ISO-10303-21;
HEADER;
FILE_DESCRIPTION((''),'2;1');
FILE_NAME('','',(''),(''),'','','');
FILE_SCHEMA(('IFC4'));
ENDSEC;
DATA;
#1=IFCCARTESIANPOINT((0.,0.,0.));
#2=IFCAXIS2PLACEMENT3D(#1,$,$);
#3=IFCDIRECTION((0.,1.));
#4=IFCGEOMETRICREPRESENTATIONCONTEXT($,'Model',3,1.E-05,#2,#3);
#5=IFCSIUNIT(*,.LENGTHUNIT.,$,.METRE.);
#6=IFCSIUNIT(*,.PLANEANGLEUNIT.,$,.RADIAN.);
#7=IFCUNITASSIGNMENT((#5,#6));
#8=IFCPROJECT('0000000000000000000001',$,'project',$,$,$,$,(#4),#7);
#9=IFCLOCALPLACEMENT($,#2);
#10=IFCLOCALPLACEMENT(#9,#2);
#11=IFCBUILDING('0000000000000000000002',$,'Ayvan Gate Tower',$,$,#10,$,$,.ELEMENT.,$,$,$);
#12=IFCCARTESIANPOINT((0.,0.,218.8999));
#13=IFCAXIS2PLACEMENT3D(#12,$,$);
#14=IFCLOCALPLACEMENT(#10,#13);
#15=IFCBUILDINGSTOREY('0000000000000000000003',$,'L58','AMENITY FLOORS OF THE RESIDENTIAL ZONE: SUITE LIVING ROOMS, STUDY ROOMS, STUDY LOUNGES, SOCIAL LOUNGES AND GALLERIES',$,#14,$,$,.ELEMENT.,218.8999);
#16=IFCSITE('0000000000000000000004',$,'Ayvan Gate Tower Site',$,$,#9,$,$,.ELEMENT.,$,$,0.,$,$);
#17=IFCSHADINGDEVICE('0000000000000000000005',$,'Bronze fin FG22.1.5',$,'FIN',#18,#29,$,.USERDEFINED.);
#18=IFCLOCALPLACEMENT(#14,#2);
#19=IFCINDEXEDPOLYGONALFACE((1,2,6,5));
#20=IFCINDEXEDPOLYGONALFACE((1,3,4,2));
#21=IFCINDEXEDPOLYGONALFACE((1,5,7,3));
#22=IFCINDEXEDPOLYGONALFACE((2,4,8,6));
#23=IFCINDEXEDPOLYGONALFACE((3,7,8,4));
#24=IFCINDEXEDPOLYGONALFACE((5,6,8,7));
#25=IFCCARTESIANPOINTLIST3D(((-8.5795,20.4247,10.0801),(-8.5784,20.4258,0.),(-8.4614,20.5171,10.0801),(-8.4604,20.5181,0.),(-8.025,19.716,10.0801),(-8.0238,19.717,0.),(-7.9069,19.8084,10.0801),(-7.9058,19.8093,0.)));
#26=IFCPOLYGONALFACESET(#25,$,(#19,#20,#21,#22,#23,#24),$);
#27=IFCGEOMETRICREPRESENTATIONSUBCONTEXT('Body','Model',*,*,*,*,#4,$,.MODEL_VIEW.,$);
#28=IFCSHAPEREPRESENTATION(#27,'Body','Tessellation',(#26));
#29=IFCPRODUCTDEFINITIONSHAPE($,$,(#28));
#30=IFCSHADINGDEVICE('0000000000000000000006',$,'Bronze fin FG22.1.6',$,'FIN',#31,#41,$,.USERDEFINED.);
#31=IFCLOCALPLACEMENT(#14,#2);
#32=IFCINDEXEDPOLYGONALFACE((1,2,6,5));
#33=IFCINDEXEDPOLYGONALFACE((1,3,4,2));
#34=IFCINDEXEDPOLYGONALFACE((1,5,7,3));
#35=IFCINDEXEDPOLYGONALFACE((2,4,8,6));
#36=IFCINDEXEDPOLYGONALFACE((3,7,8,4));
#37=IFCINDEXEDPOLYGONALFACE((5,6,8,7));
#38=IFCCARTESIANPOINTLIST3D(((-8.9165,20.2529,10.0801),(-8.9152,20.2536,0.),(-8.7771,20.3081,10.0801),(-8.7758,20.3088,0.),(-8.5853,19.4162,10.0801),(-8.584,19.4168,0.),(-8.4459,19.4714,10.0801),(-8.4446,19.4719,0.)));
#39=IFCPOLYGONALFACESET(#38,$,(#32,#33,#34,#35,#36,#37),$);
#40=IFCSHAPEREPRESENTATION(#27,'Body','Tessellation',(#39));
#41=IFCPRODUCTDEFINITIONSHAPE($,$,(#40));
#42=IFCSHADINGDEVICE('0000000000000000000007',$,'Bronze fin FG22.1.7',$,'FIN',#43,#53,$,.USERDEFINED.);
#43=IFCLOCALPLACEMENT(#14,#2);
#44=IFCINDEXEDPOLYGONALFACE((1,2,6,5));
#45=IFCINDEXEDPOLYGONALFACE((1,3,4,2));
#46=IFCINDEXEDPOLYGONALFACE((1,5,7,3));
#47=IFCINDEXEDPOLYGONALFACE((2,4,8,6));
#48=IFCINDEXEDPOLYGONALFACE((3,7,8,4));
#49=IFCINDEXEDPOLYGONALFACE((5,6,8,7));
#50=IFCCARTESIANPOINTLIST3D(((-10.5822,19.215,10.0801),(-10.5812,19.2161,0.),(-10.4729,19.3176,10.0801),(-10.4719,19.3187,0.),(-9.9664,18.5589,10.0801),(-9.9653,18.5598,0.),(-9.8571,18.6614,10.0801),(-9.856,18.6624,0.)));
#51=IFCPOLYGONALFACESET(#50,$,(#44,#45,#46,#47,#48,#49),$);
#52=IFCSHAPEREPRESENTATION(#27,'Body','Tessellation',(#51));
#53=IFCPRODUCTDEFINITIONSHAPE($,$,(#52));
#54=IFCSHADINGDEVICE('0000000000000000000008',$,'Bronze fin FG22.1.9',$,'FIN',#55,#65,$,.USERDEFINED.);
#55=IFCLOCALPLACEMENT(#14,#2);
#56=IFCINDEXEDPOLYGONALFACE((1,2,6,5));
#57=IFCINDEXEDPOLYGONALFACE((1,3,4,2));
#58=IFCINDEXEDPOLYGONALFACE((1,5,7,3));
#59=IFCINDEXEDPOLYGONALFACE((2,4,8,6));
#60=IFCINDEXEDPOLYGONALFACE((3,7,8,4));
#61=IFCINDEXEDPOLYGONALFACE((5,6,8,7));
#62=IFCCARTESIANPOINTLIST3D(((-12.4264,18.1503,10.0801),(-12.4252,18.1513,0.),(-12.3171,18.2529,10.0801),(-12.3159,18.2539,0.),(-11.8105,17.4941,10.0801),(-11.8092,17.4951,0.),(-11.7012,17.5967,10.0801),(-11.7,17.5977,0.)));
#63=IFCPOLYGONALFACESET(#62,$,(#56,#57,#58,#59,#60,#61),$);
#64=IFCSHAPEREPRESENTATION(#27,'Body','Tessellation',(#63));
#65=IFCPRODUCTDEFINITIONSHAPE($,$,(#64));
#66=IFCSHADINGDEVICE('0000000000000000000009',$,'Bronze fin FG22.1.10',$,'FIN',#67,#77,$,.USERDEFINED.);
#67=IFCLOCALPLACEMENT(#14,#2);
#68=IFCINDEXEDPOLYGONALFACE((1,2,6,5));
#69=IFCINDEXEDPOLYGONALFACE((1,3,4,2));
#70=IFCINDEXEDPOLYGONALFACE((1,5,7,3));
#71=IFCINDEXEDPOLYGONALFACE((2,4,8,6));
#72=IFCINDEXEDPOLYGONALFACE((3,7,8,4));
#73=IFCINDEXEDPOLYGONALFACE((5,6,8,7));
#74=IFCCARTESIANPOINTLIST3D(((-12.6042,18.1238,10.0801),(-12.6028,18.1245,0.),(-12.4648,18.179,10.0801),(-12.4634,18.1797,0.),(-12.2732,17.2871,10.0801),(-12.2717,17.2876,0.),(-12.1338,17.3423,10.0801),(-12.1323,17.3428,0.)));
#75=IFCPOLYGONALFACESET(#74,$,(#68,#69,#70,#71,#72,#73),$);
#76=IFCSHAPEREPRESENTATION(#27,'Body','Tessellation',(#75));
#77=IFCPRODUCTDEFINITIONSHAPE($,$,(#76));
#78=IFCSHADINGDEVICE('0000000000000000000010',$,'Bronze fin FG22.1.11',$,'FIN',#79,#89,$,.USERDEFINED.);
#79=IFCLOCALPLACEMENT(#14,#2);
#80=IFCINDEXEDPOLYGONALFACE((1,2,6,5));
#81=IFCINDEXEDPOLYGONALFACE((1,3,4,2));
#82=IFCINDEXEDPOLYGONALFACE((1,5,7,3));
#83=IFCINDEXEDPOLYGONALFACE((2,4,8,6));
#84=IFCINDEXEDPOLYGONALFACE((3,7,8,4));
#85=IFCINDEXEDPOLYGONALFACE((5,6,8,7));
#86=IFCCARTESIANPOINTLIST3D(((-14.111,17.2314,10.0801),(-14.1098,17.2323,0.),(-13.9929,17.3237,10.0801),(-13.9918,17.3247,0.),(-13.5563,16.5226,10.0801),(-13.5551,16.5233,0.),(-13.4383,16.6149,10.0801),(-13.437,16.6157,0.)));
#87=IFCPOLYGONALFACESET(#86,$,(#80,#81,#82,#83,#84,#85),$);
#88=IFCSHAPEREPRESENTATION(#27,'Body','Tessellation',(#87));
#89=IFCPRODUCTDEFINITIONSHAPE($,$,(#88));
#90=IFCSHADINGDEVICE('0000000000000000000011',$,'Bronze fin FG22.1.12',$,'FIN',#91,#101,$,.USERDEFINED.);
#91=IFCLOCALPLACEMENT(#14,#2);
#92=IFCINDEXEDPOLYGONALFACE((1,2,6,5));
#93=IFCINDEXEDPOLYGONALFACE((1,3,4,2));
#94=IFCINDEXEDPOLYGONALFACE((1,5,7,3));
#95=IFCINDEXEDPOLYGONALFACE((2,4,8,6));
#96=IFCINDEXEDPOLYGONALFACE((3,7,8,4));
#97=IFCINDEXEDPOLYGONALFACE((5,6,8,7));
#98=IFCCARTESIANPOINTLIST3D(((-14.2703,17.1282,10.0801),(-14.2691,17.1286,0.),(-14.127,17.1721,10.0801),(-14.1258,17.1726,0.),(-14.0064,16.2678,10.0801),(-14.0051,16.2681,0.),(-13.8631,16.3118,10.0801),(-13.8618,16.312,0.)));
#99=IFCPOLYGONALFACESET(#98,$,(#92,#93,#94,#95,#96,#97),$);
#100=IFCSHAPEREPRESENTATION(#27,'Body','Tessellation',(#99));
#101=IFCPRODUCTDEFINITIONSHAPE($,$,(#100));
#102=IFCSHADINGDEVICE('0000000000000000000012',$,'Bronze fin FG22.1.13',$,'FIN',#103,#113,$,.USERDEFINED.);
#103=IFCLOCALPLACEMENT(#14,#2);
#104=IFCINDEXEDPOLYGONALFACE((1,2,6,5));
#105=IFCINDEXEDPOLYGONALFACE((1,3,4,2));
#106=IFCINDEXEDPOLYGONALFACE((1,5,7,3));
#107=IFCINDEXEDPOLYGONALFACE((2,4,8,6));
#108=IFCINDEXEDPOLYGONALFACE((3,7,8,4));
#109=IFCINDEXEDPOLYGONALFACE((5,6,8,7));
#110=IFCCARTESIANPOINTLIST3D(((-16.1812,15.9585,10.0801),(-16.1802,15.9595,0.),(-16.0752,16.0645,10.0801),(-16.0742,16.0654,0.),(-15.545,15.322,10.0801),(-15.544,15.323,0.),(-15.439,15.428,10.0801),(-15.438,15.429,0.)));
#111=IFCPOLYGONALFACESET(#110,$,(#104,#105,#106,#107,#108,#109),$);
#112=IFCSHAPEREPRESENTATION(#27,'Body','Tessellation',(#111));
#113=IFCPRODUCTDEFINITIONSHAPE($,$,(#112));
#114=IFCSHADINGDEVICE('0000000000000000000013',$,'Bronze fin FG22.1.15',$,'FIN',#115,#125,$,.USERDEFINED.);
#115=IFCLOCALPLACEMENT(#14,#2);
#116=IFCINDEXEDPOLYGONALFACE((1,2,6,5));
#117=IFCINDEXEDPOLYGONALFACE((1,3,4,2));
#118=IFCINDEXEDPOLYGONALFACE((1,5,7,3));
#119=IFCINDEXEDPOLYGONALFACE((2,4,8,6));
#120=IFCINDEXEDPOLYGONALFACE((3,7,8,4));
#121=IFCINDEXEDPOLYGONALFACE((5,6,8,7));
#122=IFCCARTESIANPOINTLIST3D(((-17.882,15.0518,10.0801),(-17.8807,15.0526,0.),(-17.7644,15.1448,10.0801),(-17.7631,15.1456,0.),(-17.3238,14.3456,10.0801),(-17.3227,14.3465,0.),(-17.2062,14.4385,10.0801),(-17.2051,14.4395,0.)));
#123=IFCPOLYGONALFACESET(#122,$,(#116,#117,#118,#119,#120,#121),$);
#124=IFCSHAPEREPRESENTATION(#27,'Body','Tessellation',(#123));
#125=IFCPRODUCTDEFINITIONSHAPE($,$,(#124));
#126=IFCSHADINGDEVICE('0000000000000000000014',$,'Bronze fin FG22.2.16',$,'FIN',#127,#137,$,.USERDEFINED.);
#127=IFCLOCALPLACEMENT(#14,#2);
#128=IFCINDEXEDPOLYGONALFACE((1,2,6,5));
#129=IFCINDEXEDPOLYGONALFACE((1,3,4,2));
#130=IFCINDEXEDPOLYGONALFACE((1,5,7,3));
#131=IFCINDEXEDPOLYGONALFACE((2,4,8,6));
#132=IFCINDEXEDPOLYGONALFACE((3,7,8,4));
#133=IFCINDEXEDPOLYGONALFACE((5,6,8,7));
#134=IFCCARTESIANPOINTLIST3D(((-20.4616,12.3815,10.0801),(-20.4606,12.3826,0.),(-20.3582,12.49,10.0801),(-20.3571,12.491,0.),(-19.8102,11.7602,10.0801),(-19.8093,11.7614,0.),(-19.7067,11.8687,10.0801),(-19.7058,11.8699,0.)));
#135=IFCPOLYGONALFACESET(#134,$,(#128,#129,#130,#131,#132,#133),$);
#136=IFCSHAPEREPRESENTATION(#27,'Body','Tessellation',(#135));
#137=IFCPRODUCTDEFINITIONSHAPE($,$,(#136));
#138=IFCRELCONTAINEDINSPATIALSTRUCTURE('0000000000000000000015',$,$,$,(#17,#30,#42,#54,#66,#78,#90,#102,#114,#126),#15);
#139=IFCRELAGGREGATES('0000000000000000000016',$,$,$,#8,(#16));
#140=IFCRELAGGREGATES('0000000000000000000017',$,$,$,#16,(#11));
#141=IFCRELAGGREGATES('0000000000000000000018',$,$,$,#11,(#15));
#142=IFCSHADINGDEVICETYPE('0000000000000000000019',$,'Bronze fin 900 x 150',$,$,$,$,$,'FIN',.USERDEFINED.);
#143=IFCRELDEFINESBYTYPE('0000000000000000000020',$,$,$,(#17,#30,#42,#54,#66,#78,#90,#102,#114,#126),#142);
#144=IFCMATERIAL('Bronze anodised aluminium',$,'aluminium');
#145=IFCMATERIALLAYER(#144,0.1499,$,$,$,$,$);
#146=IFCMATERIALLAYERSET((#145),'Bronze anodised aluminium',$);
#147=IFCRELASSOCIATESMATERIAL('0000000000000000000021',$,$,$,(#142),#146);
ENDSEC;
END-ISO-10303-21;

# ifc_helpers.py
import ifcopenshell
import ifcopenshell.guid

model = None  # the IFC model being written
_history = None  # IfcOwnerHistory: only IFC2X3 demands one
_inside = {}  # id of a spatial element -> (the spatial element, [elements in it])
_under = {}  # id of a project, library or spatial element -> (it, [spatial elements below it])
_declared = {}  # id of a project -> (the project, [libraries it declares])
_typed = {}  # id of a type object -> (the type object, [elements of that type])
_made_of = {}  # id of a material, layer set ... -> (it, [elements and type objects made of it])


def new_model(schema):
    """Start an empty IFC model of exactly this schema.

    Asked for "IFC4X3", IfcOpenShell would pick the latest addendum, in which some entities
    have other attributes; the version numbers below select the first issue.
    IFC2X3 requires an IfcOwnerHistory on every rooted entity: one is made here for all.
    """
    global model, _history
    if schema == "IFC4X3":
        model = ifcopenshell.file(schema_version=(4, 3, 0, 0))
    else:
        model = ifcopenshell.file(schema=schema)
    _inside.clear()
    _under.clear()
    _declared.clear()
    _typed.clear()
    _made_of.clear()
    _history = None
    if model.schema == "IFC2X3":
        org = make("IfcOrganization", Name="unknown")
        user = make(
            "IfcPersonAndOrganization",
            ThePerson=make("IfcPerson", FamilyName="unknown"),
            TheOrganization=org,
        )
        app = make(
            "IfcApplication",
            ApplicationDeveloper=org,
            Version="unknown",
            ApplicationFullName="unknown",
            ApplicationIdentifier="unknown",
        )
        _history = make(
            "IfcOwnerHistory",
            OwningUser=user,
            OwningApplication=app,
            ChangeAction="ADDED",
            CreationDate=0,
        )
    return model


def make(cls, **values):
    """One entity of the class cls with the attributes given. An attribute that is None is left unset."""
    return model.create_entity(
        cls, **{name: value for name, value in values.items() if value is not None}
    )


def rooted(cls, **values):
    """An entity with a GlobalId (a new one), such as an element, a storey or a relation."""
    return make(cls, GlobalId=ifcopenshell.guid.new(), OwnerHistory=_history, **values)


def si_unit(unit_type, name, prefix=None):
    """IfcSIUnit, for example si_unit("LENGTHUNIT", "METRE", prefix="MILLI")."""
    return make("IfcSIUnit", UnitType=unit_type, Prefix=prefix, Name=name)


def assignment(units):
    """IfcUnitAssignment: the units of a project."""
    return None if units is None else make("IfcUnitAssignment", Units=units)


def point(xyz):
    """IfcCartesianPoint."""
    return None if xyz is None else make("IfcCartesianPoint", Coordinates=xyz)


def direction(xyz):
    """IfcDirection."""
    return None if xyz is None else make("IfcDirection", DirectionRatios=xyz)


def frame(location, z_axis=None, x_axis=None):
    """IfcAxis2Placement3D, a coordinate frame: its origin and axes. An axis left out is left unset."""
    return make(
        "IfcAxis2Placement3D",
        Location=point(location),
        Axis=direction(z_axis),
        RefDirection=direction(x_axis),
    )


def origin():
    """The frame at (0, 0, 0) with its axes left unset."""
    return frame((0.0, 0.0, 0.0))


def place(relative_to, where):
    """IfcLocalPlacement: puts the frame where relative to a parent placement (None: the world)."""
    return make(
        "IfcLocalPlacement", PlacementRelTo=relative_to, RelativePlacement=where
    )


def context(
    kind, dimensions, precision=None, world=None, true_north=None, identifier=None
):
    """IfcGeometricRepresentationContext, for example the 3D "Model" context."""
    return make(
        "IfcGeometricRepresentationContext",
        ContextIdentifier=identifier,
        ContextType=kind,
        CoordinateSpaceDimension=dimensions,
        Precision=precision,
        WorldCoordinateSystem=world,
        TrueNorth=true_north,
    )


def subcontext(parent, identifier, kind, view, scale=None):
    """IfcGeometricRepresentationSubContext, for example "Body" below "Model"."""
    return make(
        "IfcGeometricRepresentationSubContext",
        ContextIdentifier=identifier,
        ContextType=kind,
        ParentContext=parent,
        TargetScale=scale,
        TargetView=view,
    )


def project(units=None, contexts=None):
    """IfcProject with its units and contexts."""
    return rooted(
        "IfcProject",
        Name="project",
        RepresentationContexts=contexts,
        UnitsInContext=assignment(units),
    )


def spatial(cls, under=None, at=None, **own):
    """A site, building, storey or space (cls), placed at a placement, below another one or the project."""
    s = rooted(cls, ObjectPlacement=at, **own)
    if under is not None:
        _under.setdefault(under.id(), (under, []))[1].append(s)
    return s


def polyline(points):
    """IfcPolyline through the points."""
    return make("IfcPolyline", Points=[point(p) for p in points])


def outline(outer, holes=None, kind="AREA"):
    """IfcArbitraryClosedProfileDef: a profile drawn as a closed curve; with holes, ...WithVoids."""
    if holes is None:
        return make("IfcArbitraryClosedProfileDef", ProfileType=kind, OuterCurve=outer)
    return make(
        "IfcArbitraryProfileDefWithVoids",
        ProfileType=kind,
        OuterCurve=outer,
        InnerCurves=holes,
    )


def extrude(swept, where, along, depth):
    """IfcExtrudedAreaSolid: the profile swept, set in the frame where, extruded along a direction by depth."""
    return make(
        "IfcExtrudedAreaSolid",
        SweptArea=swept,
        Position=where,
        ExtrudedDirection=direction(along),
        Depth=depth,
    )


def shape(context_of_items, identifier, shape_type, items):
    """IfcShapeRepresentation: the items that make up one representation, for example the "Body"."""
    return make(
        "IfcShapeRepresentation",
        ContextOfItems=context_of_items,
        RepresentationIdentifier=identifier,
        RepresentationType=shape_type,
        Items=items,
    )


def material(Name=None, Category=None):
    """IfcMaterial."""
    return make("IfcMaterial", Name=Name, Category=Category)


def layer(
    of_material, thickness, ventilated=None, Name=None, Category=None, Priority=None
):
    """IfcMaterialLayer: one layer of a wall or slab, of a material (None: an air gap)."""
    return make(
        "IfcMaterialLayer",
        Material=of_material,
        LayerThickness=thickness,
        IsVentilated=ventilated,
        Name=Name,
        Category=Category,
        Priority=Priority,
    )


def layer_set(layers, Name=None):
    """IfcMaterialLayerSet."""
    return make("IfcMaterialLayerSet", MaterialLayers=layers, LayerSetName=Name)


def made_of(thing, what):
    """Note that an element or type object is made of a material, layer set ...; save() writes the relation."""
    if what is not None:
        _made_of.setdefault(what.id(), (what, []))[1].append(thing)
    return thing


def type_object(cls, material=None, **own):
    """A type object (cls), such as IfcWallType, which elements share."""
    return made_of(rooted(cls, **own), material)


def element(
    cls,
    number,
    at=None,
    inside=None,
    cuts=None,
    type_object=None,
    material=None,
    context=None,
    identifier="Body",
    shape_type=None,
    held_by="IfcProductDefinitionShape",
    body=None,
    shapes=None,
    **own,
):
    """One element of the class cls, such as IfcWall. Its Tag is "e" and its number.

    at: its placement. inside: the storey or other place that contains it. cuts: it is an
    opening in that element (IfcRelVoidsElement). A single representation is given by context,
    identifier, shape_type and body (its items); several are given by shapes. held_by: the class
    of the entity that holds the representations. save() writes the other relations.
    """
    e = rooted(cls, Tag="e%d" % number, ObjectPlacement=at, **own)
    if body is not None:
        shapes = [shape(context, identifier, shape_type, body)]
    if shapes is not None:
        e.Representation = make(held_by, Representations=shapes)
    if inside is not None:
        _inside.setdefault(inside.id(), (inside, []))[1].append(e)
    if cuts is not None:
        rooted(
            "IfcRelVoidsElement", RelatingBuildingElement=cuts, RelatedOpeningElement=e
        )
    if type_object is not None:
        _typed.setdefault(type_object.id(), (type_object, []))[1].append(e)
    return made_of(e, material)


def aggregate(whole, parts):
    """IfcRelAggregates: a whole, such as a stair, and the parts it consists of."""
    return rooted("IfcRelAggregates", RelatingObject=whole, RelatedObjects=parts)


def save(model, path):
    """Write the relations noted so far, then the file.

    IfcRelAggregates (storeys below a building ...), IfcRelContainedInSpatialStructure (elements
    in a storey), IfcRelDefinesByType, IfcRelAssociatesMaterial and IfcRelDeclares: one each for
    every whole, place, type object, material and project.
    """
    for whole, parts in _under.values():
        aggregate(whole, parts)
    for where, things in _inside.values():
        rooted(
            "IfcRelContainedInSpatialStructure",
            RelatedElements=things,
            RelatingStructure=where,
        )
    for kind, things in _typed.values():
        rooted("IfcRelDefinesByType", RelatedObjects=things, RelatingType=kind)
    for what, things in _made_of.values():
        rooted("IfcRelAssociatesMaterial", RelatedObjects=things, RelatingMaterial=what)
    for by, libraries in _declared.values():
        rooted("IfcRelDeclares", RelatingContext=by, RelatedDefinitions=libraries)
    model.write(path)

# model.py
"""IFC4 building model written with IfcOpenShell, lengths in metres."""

from ifc_helpers import new_model, si_unit, direction, frame, origin, place, context, subcontext, project, spatial, polyline, outline, extrude, material, layer, layer_set, type_object, element, save


model = new_model("IFC4")

# Units and contexts
model_context = context("Model", 3, precision=1e-05, world=origin(), true_north=direction((0.0, 1.0)))
body_context = subcontext(model_context, "Body", "Model", "MODEL_VIEW")
ifc_project = project(units=[si_unit("LENGTHUNIT", "METRE"), si_unit("PLANEANGLEUNIT", "RADIAN")], contexts=[model_context])

# Site, building, storey
site_placement = place(None, origin())
site = spatial("IfcSite", under=ifc_project, at=site_placement, Name="Ayvan Gate Tower Site", CompositionType="ELEMENT", RefElevation=0.0)
building_placement = place(site_placement, origin())
building = spatial("IfcBuilding", under=site, at=building_placement, Name="Ayvan Gate Tower", CompositionType="ELEMENT")
storey_placement = place(building_placement, frame((0.0, 0.0, 218.8999)))
storey = spatial("IfcBuildingStorey", under=building, at=storey_placement, Name="L58", Description="AMENITY FLOORS OF THE RESIDENTIAL ZONE: SUITE LIVING ROOMS, STUDY ROOMS, STUDY LOUNGES, SOCIAL LOUNGES AND GALLERIES", CompositionType="ELEMENT", Elevation=218.8999)

# Shared definitions
ifc_material_1 = material(Name="Bronze anodised aluminium", Category="aluminium")

# Shading devices
ifc_layer_1 = layer(ifc_material_1, 0.1499)
ifc_layer_set_1 = layer_set([ifc_layer_1], Name="Bronze anodised aluminium")
shading_device_type = type_object("IfcShadingDeviceType", Name="Bronze fin 900 x 150", ElementType="FIN", PredefinedType="USERDEFINED", material=ifc_layer_set_1)
shading_device_1_placement = place(storey_placement, frame((-7.9058, 19.8093, 0.0), z_axis=(0.787559, 0.616239, 0.000146), x_axis=(-0.616239, 0.787559, 0.0)))
element("IfcShadingDevice", 1, at=shading_device_1_placement, inside=storey, type_object=shading_device_type, Name="Bronze fin FG22.1.5", ObjectType="FIN", PredefinedType="USERDEFINED", context=body_context, shape_type="SweptSolid", body=[
    extrude(outline(polyline([(0.0, 0.0), (0.9, 0.0), (0.8998, 10.0801), (0.0, 10.0801), (0.0, 0.0)])), origin(), (0.0, 0.0, -1.0), 0.1499),
])
shading_device_2_placement = place(storey_placement, frame((-8.4446, 19.4719, 0.0), z_axis=(0.929827, 0.367997, 0.000146), x_axis=(-0.367997, 0.929827, 0.0)))
element("IfcShadingDevice", 2, at=shading_device_2_placement, inside=storey, type_object=shading_device_type, Name="Bronze fin FG22.1.6", ObjectType="FIN", PredefinedType="USERDEFINED", context=body_context, shape_type="SweptSolid", body=[
    extrude(outline(polyline([(0.0, 0.0), (0.9, 0.0), (0.8999, 10.0801), (0.0, 10.0801), (0.0, 0.0)])), origin(), (0.0, 0.0, -1.0), 0.1499),
])
shading_device_3_placement = place(storey_placement, frame((-9.856, 18.6624, 0.0), z_axis=(0.729199, 0.684302, 0.000146), x_axis=(-0.684302, 0.729199, 0.0)))
element("IfcShadingDevice", 3, at=shading_device_3_placement, inside=storey, type_object=shading_device_type, Name="Bronze fin FG22.1.7", ObjectType="FIN", PredefinedType="USERDEFINED", context=body_context, shape_type="SweptSolid", body=[
    extrude(outline(polyline([(0.0, 0.0), (0.9, 0.0), (0.9, 10.0801), (0.0001, 10.0801), (0.0, 0.0)])), origin(), (0.0, 0.0, -1.0), 0.1499),
])
shading_device_4_placement = place(storey_placement, frame((-11.7, 17.5977, 0.0), z_axis=(0.729131, 0.684374, 0.000155), x_axis=(-0.684374, 0.729131, 0.0)))
element("IfcShadingDevice", 4, at=shading_device_4_placement, inside=storey, type_object=shading_device_type, Name="Bronze fin FG22.1.9", ObjectType="FIN", PredefinedType="USERDEFINED", context=body_context, shape_type="SweptSolid", body=[
    extrude(outline(polyline([(0.0, 0.0), (0.9, 0.0), (0.9002, 10.0801), (0.0001, 10.0801), (0.0, 0.0)])), origin(), (0.0, 0.0, -1.0), 0.1499),
])
shading_device_5_placement = place(storey_placement, frame((-12.1323, 17.3428, 0.0), z_axis=(0.929873, 0.36788, 0.000157), x_axis=(-0.36788, 0.929873, 0.0)))
element("IfcShadingDevice", 5, at=shading_device_5_placement, inside=storey, type_object=shading_device_type, Name="Bronze fin FG22.1.10", ObjectType="FIN", PredefinedType="USERDEFINED", context=body_context, shape_type="SweptSolid", body=[
    extrude(outline(polyline([(0.0, 0.0), (0.9, 0.0), (0.8999, 10.0801), (0.0001, 10.0801), (0.0, 0.0)])), origin(), (0.0, 0.0, -1.0), 0.1499),
])
shading_device_6_placement = place(storey_placement, frame((-13.437, 16.6157, 0.0), z_axis=(0.787545, 0.616257, 0.000148), x_axis=(-0.616257, 0.787545, 0.0)))
element("IfcShadingDevice", 6, at=shading_device_6_placement, inside=storey, type_object=shading_device_type, Name="Bronze fin FG22.1.11", ObjectType="FIN", PredefinedType="USERDEFINED", context=body_context, shape_type="SweptSolid", body=[
    extrude(outline(polyline([(0.0, 0.0), (0.9002, 0.0), (0.9002, 10.0801), (0.0002, 10.0801), (0.0, 0.0)])), origin(), (0.0, 0.0, -1.0), 0.1499),
])
shading_device_7_placement = place(storey_placement, frame((-13.8618, 16.312, 0.0), z_axis=(0.956043, 0.293228, 0.000126), x_axis=(-0.293228, 0.956043, 0.0)))
element("IfcShadingDevice", 7, at=shading_device_7_placement, inside=storey, type_object=shading_device_type, Name="Bronze fin FG22.1.12", ObjectType="FIN", PredefinedType="USERDEFINED", context=body_context, shape_type="SweptSolid", body=[
    extrude(outline(polyline([(0.0, 0.0), (0.9002, 0.0), (0.9, 10.0801), (0.0001, 10.0801), (0.0, 0.0)])), origin(), (0.0, 0.0, -1.0), 0.1499),
])
shading_device_8_placement = place(storey_placement, frame((-15.438, 15.429, 0.0), z_axis=(0.707242, 0.706971, 0.000137), x_axis=(-0.706971, 0.707242, 0.0)))
element("IfcShadingDevice", 8, at=shading_device_8_placement, inside=storey, type_object=shading_device_type, Name="Bronze fin FG22.1.13", ObjectType="FIN", PredefinedType="USERDEFINED", context=body_context, shape_type="SweptSolid", body=[
    extrude(outline(polyline([(0.0, 0.0), (0.8999, 0.0), (0.8999, 10.0801), (0.0, 10.0801), (0.0, 0.0)])), origin(), (0.0, 0.0, -1.0), 0.1499),
])
shading_device_9_placement = place(storey_placement, frame((-17.2051, 14.4395, 0.0), z_axis=(0.78456, 0.620053, 0.000148), x_axis=(-0.620053, 0.78456, 0.0)))
element("IfcShadingDevice", 9, at=shading_device_9_placement, inside=storey, type_object=shading_device_type, Name="Bronze fin FG22.1.15", ObjectType="FIN", PredefinedType="USERDEFINED", context=body_context, shape_type="SweptSolid", body=[
    extrude(outline(polyline([(0.0, 0.0), (0.9, 0.0), (0.9002, 10.0801), (0.0, 10.0801), (0.0, 0.0)])), origin(), (0.0, 0.0, -1.0), 0.1499),
])
shading_device_10_placement = place(storey_placement, frame((-19.7058, 11.8699, 0.0), z_axis=(0.69016, 0.723657, 0.000146), x_axis=(-0.723657, 0.69016, 0.0)))
element("IfcShadingDevice", 10, at=shading_device_10_placement, inside=storey, type_object=shading_device_type, Name="Bronze fin FG22.2.16", ObjectType="FIN", PredefinedType="USERDEFINED", context=body_context, shape_type="SweptSolid", body=[
    extrude(outline(polyline([(0.0, 0.0), (0.9, 0.0), (0.9001, 10.0801), (-0.0001, 10.0801), (0.0, 0.0)])), origin(), (0.0, 0.0, -1.0), 0.1499),
])

save(model, "model.ifc")
